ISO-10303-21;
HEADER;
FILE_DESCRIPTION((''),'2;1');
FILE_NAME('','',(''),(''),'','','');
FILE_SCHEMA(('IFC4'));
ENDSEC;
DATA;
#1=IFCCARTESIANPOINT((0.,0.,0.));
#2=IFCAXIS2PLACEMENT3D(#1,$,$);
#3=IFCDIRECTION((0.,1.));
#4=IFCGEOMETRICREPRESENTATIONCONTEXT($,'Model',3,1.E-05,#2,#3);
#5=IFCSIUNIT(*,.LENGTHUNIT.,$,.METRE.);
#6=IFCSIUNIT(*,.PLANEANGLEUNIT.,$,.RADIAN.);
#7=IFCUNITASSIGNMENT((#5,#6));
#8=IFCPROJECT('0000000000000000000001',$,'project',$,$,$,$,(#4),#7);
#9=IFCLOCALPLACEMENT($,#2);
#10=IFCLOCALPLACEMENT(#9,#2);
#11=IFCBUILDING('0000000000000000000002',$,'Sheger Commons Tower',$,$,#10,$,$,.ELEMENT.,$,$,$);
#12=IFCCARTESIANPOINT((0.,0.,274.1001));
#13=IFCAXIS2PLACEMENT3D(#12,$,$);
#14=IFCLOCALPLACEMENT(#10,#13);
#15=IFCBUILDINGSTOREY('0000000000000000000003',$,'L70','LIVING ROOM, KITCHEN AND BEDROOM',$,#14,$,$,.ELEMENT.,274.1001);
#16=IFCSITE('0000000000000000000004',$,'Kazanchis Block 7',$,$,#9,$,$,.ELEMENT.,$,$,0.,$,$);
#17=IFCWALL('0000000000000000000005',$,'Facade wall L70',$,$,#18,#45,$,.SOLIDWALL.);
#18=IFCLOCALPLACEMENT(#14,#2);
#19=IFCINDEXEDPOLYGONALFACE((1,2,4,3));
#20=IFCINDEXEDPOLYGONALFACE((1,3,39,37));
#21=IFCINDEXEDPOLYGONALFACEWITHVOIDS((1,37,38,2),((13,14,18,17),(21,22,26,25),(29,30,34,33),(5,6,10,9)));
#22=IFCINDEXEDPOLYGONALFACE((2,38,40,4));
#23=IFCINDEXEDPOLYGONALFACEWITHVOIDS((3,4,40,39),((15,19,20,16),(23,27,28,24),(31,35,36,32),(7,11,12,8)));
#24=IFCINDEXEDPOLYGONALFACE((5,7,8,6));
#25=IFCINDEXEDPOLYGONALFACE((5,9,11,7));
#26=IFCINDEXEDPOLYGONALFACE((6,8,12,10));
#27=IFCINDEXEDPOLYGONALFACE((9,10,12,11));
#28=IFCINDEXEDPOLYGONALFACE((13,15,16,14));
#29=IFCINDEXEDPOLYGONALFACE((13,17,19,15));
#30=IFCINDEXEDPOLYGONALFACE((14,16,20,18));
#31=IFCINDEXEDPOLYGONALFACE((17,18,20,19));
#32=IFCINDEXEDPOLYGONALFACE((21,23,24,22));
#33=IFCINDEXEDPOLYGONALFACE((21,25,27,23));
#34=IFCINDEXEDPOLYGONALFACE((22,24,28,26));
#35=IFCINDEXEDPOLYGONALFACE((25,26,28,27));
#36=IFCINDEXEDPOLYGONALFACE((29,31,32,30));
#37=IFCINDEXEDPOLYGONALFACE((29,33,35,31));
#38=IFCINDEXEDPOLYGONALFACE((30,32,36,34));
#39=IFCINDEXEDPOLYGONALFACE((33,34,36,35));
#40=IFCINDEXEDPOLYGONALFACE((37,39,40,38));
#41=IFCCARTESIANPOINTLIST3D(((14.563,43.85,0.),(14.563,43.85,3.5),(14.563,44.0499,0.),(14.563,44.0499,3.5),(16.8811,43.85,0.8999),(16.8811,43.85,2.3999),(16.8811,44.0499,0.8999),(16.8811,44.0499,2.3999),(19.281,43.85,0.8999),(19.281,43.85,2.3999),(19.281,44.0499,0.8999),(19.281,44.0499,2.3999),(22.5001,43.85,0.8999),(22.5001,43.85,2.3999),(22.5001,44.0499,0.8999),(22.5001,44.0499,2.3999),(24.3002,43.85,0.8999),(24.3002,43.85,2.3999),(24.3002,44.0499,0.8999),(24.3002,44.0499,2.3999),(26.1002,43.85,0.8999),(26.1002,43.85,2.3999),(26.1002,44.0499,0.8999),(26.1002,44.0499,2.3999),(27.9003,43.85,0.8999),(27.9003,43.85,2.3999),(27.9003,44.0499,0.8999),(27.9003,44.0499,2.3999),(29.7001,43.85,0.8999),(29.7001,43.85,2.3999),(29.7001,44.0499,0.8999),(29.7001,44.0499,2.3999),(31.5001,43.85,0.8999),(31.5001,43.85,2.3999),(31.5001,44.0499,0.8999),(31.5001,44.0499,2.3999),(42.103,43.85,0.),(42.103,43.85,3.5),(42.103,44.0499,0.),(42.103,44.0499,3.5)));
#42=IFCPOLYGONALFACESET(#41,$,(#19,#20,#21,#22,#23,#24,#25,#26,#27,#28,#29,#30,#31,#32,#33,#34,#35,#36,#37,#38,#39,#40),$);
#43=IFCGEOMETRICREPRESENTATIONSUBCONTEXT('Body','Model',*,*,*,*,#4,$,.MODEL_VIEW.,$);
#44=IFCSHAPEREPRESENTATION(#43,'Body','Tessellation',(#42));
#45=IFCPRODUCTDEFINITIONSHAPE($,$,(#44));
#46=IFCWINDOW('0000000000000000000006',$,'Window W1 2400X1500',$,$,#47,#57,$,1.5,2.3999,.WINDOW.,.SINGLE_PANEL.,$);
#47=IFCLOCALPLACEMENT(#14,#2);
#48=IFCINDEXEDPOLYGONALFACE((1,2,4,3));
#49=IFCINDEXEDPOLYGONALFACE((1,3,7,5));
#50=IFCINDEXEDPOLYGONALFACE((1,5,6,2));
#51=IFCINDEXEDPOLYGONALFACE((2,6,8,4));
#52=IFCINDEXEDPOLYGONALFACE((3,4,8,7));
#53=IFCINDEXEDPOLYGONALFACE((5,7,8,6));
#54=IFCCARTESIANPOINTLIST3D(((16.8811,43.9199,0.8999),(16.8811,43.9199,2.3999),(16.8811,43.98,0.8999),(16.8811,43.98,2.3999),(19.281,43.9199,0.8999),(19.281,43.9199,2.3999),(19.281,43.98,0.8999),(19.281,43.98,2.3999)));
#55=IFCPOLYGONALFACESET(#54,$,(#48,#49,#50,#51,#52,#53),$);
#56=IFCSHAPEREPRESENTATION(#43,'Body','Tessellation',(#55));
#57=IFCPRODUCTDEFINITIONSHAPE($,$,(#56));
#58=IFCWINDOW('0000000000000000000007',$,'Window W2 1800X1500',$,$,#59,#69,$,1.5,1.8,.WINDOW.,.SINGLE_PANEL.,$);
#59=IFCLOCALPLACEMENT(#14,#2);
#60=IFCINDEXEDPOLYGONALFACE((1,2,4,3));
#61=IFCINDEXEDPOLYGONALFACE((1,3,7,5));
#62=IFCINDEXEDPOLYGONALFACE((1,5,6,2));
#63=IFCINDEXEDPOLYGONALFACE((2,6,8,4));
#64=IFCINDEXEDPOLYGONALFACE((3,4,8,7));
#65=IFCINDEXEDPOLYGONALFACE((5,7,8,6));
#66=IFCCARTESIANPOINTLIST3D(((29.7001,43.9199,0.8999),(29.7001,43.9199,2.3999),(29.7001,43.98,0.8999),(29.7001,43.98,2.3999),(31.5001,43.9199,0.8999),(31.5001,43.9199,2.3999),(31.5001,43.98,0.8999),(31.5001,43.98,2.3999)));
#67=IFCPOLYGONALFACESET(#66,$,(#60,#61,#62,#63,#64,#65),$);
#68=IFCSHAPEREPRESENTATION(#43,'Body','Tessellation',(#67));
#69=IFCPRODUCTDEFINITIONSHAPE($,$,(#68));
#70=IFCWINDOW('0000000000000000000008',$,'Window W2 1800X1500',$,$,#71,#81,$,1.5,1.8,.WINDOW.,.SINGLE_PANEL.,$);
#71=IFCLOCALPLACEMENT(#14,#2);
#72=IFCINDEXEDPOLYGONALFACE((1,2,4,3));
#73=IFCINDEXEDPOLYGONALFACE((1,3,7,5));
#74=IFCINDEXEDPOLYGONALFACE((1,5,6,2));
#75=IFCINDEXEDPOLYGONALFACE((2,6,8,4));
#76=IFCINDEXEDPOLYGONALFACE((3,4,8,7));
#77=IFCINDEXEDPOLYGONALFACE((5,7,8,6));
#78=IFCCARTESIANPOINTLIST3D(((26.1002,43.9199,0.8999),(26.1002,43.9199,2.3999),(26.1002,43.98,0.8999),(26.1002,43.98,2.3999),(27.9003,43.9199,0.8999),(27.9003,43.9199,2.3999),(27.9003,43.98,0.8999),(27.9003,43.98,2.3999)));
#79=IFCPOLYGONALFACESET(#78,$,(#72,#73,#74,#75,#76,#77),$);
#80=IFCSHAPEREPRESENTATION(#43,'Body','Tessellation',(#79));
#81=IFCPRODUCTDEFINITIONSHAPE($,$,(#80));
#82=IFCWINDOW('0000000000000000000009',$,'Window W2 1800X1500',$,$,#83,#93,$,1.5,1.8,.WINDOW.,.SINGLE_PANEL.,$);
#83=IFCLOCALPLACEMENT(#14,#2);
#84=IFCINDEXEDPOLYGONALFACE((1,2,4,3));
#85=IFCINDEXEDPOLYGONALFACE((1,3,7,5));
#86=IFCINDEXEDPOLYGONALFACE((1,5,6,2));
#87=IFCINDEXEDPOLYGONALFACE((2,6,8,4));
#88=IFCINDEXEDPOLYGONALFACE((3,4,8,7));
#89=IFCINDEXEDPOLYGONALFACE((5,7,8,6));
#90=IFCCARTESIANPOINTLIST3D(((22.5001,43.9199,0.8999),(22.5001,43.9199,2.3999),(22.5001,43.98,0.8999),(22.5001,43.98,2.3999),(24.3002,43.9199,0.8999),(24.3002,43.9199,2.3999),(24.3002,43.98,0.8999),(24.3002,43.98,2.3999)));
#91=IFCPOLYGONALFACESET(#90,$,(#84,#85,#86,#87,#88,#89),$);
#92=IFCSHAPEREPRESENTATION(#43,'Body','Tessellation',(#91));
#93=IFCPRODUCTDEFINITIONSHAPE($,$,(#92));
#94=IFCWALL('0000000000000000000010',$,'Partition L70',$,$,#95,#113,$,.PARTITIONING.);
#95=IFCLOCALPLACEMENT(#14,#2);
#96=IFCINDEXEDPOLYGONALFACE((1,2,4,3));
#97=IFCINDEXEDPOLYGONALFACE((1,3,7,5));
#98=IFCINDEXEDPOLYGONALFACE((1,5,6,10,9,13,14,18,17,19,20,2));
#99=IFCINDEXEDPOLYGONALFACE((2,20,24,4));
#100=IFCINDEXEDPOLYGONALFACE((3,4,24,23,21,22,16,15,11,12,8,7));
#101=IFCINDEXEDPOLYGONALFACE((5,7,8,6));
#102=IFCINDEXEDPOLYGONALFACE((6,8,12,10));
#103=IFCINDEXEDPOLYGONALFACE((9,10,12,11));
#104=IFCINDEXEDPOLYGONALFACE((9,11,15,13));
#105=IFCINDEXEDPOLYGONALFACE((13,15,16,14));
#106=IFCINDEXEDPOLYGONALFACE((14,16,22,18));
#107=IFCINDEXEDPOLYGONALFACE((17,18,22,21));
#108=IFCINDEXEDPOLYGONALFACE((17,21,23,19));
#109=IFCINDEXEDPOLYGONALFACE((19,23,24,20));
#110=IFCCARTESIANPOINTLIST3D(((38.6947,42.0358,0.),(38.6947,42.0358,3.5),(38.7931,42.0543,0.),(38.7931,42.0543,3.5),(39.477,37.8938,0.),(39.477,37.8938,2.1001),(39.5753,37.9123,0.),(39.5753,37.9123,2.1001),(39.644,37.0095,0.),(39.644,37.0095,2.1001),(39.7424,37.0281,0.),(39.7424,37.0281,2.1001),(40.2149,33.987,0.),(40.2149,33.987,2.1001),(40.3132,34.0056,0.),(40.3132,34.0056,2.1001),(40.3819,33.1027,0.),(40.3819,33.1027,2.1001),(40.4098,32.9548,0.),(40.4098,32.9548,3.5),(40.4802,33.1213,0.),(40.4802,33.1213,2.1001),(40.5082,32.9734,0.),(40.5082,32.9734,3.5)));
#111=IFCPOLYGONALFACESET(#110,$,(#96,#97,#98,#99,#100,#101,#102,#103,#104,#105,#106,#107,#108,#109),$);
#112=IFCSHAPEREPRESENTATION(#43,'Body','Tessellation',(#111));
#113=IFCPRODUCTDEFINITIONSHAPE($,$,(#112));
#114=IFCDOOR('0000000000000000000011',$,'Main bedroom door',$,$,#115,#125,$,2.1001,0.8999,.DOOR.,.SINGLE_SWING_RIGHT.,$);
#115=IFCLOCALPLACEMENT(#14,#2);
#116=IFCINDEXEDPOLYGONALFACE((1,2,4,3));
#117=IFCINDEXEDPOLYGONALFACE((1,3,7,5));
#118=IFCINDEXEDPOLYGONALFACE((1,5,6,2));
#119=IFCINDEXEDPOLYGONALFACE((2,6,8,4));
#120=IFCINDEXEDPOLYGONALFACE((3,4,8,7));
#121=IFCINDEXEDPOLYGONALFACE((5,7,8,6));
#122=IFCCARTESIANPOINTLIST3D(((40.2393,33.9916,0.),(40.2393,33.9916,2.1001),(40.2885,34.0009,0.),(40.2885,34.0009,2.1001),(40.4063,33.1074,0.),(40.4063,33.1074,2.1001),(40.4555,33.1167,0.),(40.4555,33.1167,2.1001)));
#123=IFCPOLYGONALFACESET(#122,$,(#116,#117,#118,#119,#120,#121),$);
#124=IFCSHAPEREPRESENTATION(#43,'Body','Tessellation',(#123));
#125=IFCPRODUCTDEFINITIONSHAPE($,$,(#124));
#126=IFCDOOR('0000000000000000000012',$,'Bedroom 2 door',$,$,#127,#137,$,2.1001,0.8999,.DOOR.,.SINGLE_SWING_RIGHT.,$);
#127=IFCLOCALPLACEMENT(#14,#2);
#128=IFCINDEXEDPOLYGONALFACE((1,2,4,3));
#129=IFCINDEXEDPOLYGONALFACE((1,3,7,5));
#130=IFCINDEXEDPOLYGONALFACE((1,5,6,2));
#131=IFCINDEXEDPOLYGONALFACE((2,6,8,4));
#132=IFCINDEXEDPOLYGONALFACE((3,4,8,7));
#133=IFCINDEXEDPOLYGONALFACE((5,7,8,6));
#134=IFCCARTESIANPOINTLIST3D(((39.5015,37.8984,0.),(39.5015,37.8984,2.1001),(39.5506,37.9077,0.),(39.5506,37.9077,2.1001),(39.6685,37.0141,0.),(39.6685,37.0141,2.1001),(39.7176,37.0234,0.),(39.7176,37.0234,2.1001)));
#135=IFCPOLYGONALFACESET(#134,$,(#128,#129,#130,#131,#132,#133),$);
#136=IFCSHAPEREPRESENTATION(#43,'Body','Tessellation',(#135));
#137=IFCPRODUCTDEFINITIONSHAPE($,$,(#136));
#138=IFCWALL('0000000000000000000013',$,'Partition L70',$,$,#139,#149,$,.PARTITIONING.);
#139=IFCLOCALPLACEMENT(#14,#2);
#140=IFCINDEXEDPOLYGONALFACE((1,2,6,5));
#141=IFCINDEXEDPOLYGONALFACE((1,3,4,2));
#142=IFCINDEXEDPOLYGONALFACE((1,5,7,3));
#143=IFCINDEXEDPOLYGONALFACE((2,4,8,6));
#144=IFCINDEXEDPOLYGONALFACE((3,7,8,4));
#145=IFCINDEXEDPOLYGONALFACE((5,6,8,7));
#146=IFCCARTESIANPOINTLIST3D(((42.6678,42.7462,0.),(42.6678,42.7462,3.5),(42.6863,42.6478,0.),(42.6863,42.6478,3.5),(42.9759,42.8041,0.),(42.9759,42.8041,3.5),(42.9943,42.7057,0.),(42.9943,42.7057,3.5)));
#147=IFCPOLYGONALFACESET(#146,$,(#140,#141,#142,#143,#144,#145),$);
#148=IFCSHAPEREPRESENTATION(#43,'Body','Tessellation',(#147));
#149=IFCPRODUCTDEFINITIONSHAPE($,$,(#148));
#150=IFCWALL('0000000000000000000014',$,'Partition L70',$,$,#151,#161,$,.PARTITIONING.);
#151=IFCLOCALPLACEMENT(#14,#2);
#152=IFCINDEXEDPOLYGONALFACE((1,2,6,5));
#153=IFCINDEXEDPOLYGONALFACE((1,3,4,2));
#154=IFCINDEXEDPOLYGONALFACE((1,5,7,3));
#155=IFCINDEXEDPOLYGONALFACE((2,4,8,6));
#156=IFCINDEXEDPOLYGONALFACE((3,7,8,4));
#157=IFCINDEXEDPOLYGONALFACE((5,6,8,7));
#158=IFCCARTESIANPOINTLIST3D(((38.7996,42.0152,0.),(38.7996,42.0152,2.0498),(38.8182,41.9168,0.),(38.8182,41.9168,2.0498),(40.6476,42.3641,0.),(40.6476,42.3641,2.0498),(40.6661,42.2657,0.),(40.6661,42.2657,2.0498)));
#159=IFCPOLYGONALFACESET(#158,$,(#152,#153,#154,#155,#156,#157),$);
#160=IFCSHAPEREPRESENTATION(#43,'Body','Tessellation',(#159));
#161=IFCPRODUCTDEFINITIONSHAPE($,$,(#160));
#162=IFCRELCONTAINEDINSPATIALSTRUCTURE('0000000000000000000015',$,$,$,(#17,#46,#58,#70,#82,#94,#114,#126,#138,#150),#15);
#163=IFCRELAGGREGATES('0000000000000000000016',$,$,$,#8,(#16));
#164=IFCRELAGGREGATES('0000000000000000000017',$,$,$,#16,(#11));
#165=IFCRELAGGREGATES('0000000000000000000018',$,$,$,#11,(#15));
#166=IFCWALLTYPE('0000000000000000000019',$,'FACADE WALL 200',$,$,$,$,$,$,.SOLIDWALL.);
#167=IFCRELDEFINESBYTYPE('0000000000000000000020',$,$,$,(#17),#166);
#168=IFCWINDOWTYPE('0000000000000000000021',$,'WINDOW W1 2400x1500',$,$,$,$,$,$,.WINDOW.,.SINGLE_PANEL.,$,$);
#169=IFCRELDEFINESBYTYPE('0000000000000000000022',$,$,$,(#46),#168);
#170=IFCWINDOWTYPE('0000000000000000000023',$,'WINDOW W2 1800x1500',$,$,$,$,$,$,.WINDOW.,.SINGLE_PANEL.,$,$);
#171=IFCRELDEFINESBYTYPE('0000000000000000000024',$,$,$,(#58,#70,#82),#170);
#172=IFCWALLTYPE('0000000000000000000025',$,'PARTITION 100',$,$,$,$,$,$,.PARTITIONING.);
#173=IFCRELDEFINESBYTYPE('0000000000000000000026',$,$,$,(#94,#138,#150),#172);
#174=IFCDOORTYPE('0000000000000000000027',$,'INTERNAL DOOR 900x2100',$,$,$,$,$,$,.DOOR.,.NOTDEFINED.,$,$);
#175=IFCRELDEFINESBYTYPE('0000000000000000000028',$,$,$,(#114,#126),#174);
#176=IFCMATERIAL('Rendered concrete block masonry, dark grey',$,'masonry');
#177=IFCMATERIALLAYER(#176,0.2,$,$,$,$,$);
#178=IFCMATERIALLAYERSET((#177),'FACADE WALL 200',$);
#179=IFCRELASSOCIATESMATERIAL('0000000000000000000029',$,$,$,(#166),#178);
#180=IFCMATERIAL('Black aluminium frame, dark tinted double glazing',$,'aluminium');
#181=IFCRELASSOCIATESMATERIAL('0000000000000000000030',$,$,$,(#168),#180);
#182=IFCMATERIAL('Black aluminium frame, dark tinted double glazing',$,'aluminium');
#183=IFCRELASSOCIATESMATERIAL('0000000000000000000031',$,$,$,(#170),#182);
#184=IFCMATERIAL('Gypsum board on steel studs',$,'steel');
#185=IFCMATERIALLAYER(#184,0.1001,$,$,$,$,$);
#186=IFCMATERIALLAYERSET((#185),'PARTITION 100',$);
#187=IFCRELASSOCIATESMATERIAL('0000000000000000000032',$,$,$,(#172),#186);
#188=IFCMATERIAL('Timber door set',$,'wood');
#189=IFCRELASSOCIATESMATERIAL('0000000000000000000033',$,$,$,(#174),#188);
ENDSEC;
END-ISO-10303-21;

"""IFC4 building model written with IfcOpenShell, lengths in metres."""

from ifc_helpers import new_model, si_unit, direction, frame, frame_2d, origin, place, context, subcontext, project, spatial, rectangle, extrude, material, layer, layer_set, type_object, element, fill, save


model = new_model("IFC4")

# Units and contexts
model_context = context("Model", 3, precision=1e-05, world=origin(), true_north=direction((0.0, 1.0)))
body_context = subcontext(model_context, "Body", "Model", "MODEL_VIEW")
ifc_project = project(units=[si_unit("LENGTHUNIT", "METRE"), si_unit("PLANEANGLEUNIT", "RADIAN")], contexts=[model_context])

# Site, building, storey
site_placement = place(None, origin())
site = spatial("IfcSite", under=ifc_project, at=site_placement, Name="Kazanchis Block 7", CompositionType="ELEMENT", RefElevation=0.0)
building_placement = place(site_placement, origin())
building = spatial("IfcBuilding", under=site, at=building_placement, Name="Sheger Commons Tower", CompositionType="ELEMENT")
storey_placement = place(building_placement, frame((0.0, 0.0, 274.1001)))
storey = spatial("IfcBuildingStorey", under=building, at=storey_placement, Name="L70", Description="LIVING ROOM, KITCHEN AND BEDROOM", CompositionType="ELEMENT", Elevation=274.1001)

# Shared definitions
ifc_material_1 = material(Name="Rendered concrete block masonry, dark grey", Category="masonry")
ifc_layer_1 = layer(ifc_material_1, 0.2)
ifc_layer_set_1 = layer_set([ifc_layer_1], Name="FACADE WALL 200")
wall_type_1 = type_object("IfcWallType", Name="FACADE WALL 200", PredefinedType="SOLIDWALL", material=ifc_layer_set_1)

# Wall, openings, windows
wall_1_placement = place(storey_placement, frame((42.103, 43.95, 0.0), z_axis=(0.0, 0.0, 1.0), x_axis=(-1.0, 0.0, 0.0)))
wall_1 = element("IfcWall", 1, at=wall_1_placement, inside=storey, type_object=wall_type_1, Name="Facade wall L70", PredefinedType="SOLIDWALL", context=body_context, shape_type="SweptSolid", body=[
    extrude(rectangle(XDim=27.54, YDim=0.2, at=frame_2d((13.77, 0.0))), origin(), (0.0, 0.0, 1.0), 3.5),
])
opening_1_placement = place(wall_1_placement, frame((10.603, 0.0, 0.8999)))
opening_1 = element("IfcOpeningElement", 2, at=opening_1_placement, cuts=wall_1, PredefinedType="OPENING", context=body_context, shape_type="SweptSolid", body=[
    extrude(rectangle(XDim=1.8, YDim=1.5, at=frame_2d((0.8999, 0.75))), frame((0.0, 0.1099, 0.0), z_axis=(0.0, -1.0, 0.0), x_axis=(1.0, 0.0, 0.0)), (0.0, 0.0, 1.0), 0.22),
])
opening_2_placement = place(wall_1_placement, frame((14.2029, 0.0, 0.8999)))
opening_2 = element("IfcOpeningElement", 3, at=opening_2_placement, cuts=wall_1, PredefinedType="OPENING", context=body_context, shape_type="SweptSolid", body=[
    extrude(rectangle(XDim=1.8, YDim=1.5, at=frame_2d((0.8999, 0.75))), frame((0.0, 0.1099, 0.0), z_axis=(0.0, -1.0, 0.0), x_axis=(1.0, 0.0, 0.0)), (0.0, 0.0, 1.0), 0.22),
])
opening_3_placement = place(wall_1_placement, frame((17.803, 0.0, 0.8999)))
opening_3 = element("IfcOpeningElement", 4, at=opening_3_placement, cuts=wall_1, PredefinedType="OPENING", context=body_context, shape_type="SweptSolid", body=[
    extrude(rectangle(XDim=1.8, YDim=1.5, at=frame_2d((0.8999, 0.75))), frame((0.0, 0.1099, 0.0), z_axis=(0.0, -1.0, 0.0), x_axis=(1.0, 0.0, 0.0)), (0.0, 0.0, 1.0), 0.22),
])
opening_4_placement = place(wall_1_placement, frame((22.822, 0.0, 0.8999)))
opening_4 = element("IfcOpeningElement", 5, at=opening_4_placement, cuts=wall_1, PredefinedType="OPENING", context=body_context, shape_type="SweptSolid", body=[
    extrude(rectangle(XDim=2.3999, YDim=1.5, at=frame_2d((1.2, 0.75))), frame((0.0, 0.1099, 0.0), z_axis=(0.0, -1.0, 0.0), x_axis=(1.0, 0.0, 0.0)), (0.0, 0.0, 1.0), 0.22),
])
ifc_material_2 = material(Name="Black aluminium frame, dark tinted double glazing", Category="aluminium")
window_type_1 = type_object("IfcWindowType", Name="WINDOW W1 2400x1500", PartitioningType="SINGLE_PANEL", PredefinedType="WINDOW", material=ifc_material_2)
window_1_placement = place(opening_4_placement, origin())
window_1 = element("IfcWindow", 6, at=window_1_placement, inside=storey, type_object=window_type_1, Name="Window W1 2400X1500", OverallHeight=1.5, OverallWidth=2.3999, PartitioningType="SINGLE_PANEL", PredefinedType="WINDOW", context=body_context, shape_type="SweptSolid", body=[
    extrude(rectangle(XDim=2.3999, YDim=1.5, at=frame_2d((1.2, 0.75))), frame((0.0, 0.03, 0.0), z_axis=(0.0, -1.0, 0.0), x_axis=(1.0, 0.0, 0.0)), (0.0, 0.0, 1.0), 0.0601),
])
fill(opening_4, window_1)
ifc_material_3 = material(Name="Black aluminium frame, dark tinted double glazing", Category="aluminium")
window_type_2 = type_object("IfcWindowType", Name="WINDOW W2 1800x1500", PartitioningType="SINGLE_PANEL", PredefinedType="WINDOW", material=ifc_material_3)
window_2_placement = place(opening_1_placement, origin())
window_2 = element("IfcWindow", 7, at=window_2_placement, inside=storey, type_object=window_type_2, Name="Window W2 1800X1500", OverallHeight=1.5, OverallWidth=1.8, PartitioningType="SINGLE_PANEL", PredefinedType="WINDOW", context=body_context, shape_type="SweptSolid", body=[
    extrude(rectangle(XDim=1.8, YDim=1.5, at=frame_2d((0.8999, 0.75))), frame((0.0, 0.03, 0.0), z_axis=(0.0, -1.0, 0.0), x_axis=(1.0, 0.0, 0.0)), (0.0, 0.0, 1.0), 0.0601),
])
fill(opening_1, window_2)
window_3_placement = place(opening_2_placement, origin())
window_3 = element("IfcWindow", 8, at=window_3_placement, inside=storey, type_object=window_type_2, Name="Window W2 1800X1500", OverallHeight=1.5, OverallWidth=1.8, PartitioningType="SINGLE_PANEL", PredefinedType="WINDOW", context=body_context, shape_type="SweptSolid", body=[
    extrude(rectangle(XDim=1.8, YDim=1.5, at=frame_2d((0.8999, 0.75))), frame((0.0, 0.03, 0.0), z_axis=(0.0, -1.0, 0.0), x_axis=(1.0, 0.0, 0.0)), (0.0, 0.0, 1.0), 0.0601),
])
fill(opening_2, window_3)
window_4_placement = place(opening_3_placement, origin())
window_4 = element("IfcWindow", 9, at=window_4_placement, inside=storey, type_object=window_type_2, Name="Window W2 1800X1500", OverallHeight=1.5, OverallWidth=1.8, PartitioningType="SINGLE_PANEL", PredefinedType="WINDOW", context=body_context, shape_type="SweptSolid", body=[
    extrude(rectangle(XDim=1.8, YDim=1.5, at=frame_2d((0.8999, 0.75))), frame((0.0, 0.03, 0.0), z_axis=(0.0, -1.0, 0.0), x_axis=(1.0, 0.0, 0.0)), (0.0, 0.0, 1.0), 0.0601),
])
fill(opening_3, window_4)

# Wall, openings, doors
ifc_material_4 = material(Name="Gypsum board on steel studs", Category="steel")
ifc_layer_2 = layer(ifc_material_4, 0.1001)
ifc_layer_set_2 = layer_set([ifc_layer_2], Name="PARTITION 100")
wall_type_2 = type_object("IfcWallType", Name="PARTITION 100", PredefinedType="PARTITIONING", material=ifc_layer_set_2)
wall_2_placement = place(storey_placement, frame((38.7439, 42.0449, 0.0), z_axis=(0.0, 0.0, 1.0), x_axis=(0.185588, -0.982628, 0.0)))
wall_2 = element("IfcWall", 10, at=wall_2_placement, inside=storey, type_object=wall_type_2, Name="Partition L70", PredefinedType="PARTITIONING", context=body_context, shape_type="SweptSolid", body=[
    extrude(rectangle(XDim=9.2415, YDim=0.1001, at=frame_2d((4.6206, 0.0))), origin(), (0.0, 0.0, 1.0), 3.5),
])
opening_5_placement = place(wall_2_placement, frame((8.1909, 0.0, 0.0)))
opening_5 = element("IfcOpeningElement", 11, at=opening_5_placement, cuts=wall_2, PredefinedType="OPENING", context=body_context, shape_type="SweptSolid", body=[
    extrude(rectangle(XDim=0.8999, YDim=2.1001, at=frame_2d((0.45, 1.05))), frame((0.0, 0.0601, 0.0), z_axis=(0.0, -1.0, 0.0), x_axis=(1.0, 0.0, 0.0)), (0.0, 0.0, 1.0), 0.1201),
])
opening_6_placement = place(wall_2_placement, frame((4.2151, 0.0, 0.0)))
opening_6 = element("IfcOpeningElement", 12, at=opening_6_placement, cuts=wall_2, PredefinedType="OPENING", context=body_context, shape_type="SweptSolid", body=[
    extrude(rectangle(XDim=0.8999, YDim=2.1001, at=frame_2d((0.45, 1.05))), frame((0.0, 0.0601, 0.0), z_axis=(0.0, -1.0, 0.0), x_axis=(1.0, 0.0, 0.0)), (0.0, 0.0, 1.0), 0.1201),
])
ifc_material_5 = material(Name="Timber door set", Category="wood")
door_type = type_object("IfcDoorType", Name="INTERNAL DOOR 900x2100", OperationType="NOTDEFINED", PredefinedType="DOOR", material=ifc_material_5)
door_1_placement = place(opening_5_placement, origin())
door_1 = element("IfcDoor", 13, at=door_1_placement, inside=storey, type_object=door_type, Name="Main bedroom door", OperationType="SINGLE_SWING_RIGHT", OverallHeight=2.1001, OverallWidth=0.8999, PredefinedType="DOOR", context=body_context, shape_type="SweptSolid", body=[
    extrude(rectangle(XDim=0.8999, YDim=2.1001, at=frame_2d((0.45, 1.05))), frame((0.0, 0.0249, 0.0), z_axis=(0.0, -1.0, 0.0), x_axis=(1.0, 0.0, 0.0)), (0.0, 0.0, 1.0), 0.05),
])
fill(opening_5, door_1)
door_2_placement = place(opening_6_placement, origin())
door_2 = element("IfcDoor", 14, at=door_2_placement, inside=storey, type_object=door_type, Name="Bedroom 2 door", OperationType="SINGLE_SWING_RIGHT", OverallHeight=2.1001, OverallWidth=0.8999, PredefinedType="DOOR", context=body_context, shape_type="SweptSolid", body=[
    extrude(rectangle(XDim=0.8999, YDim=2.1001, at=frame_2d((0.45, 1.05))), frame((0.0, 0.0249, 0.0), z_axis=(0.0, -1.0, 0.0), x_axis=(1.0, 0.0, 0.0)), (0.0, 0.0, 1.0), 0.05),
])
fill(opening_6, door_2)

# Walls
wall_3_placement = place(storey_placement, frame((42.9851, 42.7549, 0.0), z_axis=(0.0, 0.0, 1.0), x_axis=(-0.982819, -0.184571, 0.0)))
element("IfcWall", 15, at=wall_3_placement, inside=storey, type_object=wall_type_2, Name="Partition L70", PredefinedType="PARTITIONING", context=body_context, shape_type="SweptSolid", body=[
    extrude(rectangle(XDim=0.3135, YDim=0.1001, at=frame_2d((0.1567, 0.0))), origin(), (0.0, 0.0, 1.0), 3.5),
])
wall_4_placement = place(storey_placement, frame((40.657, 42.3149, 0.0), z_axis=(0.0, 0.0, 1.0), x_axis=(-0.982641, -0.185519, 0.0)))
element("IfcWall", 16, at=wall_4_placement, inside=storey, type_object=wall_type_2, Name="Partition L70", PredefinedType="PARTITIONING", context=body_context, shape_type="SweptSolid", body=[
    extrude(rectangle(XDim=1.8806, YDim=0.1001, at=frame_2d((0.9404, 0.0))), origin(), (0.0, 0.0, 1.0), 2.0498),
])

save(model, "model.ifc")
